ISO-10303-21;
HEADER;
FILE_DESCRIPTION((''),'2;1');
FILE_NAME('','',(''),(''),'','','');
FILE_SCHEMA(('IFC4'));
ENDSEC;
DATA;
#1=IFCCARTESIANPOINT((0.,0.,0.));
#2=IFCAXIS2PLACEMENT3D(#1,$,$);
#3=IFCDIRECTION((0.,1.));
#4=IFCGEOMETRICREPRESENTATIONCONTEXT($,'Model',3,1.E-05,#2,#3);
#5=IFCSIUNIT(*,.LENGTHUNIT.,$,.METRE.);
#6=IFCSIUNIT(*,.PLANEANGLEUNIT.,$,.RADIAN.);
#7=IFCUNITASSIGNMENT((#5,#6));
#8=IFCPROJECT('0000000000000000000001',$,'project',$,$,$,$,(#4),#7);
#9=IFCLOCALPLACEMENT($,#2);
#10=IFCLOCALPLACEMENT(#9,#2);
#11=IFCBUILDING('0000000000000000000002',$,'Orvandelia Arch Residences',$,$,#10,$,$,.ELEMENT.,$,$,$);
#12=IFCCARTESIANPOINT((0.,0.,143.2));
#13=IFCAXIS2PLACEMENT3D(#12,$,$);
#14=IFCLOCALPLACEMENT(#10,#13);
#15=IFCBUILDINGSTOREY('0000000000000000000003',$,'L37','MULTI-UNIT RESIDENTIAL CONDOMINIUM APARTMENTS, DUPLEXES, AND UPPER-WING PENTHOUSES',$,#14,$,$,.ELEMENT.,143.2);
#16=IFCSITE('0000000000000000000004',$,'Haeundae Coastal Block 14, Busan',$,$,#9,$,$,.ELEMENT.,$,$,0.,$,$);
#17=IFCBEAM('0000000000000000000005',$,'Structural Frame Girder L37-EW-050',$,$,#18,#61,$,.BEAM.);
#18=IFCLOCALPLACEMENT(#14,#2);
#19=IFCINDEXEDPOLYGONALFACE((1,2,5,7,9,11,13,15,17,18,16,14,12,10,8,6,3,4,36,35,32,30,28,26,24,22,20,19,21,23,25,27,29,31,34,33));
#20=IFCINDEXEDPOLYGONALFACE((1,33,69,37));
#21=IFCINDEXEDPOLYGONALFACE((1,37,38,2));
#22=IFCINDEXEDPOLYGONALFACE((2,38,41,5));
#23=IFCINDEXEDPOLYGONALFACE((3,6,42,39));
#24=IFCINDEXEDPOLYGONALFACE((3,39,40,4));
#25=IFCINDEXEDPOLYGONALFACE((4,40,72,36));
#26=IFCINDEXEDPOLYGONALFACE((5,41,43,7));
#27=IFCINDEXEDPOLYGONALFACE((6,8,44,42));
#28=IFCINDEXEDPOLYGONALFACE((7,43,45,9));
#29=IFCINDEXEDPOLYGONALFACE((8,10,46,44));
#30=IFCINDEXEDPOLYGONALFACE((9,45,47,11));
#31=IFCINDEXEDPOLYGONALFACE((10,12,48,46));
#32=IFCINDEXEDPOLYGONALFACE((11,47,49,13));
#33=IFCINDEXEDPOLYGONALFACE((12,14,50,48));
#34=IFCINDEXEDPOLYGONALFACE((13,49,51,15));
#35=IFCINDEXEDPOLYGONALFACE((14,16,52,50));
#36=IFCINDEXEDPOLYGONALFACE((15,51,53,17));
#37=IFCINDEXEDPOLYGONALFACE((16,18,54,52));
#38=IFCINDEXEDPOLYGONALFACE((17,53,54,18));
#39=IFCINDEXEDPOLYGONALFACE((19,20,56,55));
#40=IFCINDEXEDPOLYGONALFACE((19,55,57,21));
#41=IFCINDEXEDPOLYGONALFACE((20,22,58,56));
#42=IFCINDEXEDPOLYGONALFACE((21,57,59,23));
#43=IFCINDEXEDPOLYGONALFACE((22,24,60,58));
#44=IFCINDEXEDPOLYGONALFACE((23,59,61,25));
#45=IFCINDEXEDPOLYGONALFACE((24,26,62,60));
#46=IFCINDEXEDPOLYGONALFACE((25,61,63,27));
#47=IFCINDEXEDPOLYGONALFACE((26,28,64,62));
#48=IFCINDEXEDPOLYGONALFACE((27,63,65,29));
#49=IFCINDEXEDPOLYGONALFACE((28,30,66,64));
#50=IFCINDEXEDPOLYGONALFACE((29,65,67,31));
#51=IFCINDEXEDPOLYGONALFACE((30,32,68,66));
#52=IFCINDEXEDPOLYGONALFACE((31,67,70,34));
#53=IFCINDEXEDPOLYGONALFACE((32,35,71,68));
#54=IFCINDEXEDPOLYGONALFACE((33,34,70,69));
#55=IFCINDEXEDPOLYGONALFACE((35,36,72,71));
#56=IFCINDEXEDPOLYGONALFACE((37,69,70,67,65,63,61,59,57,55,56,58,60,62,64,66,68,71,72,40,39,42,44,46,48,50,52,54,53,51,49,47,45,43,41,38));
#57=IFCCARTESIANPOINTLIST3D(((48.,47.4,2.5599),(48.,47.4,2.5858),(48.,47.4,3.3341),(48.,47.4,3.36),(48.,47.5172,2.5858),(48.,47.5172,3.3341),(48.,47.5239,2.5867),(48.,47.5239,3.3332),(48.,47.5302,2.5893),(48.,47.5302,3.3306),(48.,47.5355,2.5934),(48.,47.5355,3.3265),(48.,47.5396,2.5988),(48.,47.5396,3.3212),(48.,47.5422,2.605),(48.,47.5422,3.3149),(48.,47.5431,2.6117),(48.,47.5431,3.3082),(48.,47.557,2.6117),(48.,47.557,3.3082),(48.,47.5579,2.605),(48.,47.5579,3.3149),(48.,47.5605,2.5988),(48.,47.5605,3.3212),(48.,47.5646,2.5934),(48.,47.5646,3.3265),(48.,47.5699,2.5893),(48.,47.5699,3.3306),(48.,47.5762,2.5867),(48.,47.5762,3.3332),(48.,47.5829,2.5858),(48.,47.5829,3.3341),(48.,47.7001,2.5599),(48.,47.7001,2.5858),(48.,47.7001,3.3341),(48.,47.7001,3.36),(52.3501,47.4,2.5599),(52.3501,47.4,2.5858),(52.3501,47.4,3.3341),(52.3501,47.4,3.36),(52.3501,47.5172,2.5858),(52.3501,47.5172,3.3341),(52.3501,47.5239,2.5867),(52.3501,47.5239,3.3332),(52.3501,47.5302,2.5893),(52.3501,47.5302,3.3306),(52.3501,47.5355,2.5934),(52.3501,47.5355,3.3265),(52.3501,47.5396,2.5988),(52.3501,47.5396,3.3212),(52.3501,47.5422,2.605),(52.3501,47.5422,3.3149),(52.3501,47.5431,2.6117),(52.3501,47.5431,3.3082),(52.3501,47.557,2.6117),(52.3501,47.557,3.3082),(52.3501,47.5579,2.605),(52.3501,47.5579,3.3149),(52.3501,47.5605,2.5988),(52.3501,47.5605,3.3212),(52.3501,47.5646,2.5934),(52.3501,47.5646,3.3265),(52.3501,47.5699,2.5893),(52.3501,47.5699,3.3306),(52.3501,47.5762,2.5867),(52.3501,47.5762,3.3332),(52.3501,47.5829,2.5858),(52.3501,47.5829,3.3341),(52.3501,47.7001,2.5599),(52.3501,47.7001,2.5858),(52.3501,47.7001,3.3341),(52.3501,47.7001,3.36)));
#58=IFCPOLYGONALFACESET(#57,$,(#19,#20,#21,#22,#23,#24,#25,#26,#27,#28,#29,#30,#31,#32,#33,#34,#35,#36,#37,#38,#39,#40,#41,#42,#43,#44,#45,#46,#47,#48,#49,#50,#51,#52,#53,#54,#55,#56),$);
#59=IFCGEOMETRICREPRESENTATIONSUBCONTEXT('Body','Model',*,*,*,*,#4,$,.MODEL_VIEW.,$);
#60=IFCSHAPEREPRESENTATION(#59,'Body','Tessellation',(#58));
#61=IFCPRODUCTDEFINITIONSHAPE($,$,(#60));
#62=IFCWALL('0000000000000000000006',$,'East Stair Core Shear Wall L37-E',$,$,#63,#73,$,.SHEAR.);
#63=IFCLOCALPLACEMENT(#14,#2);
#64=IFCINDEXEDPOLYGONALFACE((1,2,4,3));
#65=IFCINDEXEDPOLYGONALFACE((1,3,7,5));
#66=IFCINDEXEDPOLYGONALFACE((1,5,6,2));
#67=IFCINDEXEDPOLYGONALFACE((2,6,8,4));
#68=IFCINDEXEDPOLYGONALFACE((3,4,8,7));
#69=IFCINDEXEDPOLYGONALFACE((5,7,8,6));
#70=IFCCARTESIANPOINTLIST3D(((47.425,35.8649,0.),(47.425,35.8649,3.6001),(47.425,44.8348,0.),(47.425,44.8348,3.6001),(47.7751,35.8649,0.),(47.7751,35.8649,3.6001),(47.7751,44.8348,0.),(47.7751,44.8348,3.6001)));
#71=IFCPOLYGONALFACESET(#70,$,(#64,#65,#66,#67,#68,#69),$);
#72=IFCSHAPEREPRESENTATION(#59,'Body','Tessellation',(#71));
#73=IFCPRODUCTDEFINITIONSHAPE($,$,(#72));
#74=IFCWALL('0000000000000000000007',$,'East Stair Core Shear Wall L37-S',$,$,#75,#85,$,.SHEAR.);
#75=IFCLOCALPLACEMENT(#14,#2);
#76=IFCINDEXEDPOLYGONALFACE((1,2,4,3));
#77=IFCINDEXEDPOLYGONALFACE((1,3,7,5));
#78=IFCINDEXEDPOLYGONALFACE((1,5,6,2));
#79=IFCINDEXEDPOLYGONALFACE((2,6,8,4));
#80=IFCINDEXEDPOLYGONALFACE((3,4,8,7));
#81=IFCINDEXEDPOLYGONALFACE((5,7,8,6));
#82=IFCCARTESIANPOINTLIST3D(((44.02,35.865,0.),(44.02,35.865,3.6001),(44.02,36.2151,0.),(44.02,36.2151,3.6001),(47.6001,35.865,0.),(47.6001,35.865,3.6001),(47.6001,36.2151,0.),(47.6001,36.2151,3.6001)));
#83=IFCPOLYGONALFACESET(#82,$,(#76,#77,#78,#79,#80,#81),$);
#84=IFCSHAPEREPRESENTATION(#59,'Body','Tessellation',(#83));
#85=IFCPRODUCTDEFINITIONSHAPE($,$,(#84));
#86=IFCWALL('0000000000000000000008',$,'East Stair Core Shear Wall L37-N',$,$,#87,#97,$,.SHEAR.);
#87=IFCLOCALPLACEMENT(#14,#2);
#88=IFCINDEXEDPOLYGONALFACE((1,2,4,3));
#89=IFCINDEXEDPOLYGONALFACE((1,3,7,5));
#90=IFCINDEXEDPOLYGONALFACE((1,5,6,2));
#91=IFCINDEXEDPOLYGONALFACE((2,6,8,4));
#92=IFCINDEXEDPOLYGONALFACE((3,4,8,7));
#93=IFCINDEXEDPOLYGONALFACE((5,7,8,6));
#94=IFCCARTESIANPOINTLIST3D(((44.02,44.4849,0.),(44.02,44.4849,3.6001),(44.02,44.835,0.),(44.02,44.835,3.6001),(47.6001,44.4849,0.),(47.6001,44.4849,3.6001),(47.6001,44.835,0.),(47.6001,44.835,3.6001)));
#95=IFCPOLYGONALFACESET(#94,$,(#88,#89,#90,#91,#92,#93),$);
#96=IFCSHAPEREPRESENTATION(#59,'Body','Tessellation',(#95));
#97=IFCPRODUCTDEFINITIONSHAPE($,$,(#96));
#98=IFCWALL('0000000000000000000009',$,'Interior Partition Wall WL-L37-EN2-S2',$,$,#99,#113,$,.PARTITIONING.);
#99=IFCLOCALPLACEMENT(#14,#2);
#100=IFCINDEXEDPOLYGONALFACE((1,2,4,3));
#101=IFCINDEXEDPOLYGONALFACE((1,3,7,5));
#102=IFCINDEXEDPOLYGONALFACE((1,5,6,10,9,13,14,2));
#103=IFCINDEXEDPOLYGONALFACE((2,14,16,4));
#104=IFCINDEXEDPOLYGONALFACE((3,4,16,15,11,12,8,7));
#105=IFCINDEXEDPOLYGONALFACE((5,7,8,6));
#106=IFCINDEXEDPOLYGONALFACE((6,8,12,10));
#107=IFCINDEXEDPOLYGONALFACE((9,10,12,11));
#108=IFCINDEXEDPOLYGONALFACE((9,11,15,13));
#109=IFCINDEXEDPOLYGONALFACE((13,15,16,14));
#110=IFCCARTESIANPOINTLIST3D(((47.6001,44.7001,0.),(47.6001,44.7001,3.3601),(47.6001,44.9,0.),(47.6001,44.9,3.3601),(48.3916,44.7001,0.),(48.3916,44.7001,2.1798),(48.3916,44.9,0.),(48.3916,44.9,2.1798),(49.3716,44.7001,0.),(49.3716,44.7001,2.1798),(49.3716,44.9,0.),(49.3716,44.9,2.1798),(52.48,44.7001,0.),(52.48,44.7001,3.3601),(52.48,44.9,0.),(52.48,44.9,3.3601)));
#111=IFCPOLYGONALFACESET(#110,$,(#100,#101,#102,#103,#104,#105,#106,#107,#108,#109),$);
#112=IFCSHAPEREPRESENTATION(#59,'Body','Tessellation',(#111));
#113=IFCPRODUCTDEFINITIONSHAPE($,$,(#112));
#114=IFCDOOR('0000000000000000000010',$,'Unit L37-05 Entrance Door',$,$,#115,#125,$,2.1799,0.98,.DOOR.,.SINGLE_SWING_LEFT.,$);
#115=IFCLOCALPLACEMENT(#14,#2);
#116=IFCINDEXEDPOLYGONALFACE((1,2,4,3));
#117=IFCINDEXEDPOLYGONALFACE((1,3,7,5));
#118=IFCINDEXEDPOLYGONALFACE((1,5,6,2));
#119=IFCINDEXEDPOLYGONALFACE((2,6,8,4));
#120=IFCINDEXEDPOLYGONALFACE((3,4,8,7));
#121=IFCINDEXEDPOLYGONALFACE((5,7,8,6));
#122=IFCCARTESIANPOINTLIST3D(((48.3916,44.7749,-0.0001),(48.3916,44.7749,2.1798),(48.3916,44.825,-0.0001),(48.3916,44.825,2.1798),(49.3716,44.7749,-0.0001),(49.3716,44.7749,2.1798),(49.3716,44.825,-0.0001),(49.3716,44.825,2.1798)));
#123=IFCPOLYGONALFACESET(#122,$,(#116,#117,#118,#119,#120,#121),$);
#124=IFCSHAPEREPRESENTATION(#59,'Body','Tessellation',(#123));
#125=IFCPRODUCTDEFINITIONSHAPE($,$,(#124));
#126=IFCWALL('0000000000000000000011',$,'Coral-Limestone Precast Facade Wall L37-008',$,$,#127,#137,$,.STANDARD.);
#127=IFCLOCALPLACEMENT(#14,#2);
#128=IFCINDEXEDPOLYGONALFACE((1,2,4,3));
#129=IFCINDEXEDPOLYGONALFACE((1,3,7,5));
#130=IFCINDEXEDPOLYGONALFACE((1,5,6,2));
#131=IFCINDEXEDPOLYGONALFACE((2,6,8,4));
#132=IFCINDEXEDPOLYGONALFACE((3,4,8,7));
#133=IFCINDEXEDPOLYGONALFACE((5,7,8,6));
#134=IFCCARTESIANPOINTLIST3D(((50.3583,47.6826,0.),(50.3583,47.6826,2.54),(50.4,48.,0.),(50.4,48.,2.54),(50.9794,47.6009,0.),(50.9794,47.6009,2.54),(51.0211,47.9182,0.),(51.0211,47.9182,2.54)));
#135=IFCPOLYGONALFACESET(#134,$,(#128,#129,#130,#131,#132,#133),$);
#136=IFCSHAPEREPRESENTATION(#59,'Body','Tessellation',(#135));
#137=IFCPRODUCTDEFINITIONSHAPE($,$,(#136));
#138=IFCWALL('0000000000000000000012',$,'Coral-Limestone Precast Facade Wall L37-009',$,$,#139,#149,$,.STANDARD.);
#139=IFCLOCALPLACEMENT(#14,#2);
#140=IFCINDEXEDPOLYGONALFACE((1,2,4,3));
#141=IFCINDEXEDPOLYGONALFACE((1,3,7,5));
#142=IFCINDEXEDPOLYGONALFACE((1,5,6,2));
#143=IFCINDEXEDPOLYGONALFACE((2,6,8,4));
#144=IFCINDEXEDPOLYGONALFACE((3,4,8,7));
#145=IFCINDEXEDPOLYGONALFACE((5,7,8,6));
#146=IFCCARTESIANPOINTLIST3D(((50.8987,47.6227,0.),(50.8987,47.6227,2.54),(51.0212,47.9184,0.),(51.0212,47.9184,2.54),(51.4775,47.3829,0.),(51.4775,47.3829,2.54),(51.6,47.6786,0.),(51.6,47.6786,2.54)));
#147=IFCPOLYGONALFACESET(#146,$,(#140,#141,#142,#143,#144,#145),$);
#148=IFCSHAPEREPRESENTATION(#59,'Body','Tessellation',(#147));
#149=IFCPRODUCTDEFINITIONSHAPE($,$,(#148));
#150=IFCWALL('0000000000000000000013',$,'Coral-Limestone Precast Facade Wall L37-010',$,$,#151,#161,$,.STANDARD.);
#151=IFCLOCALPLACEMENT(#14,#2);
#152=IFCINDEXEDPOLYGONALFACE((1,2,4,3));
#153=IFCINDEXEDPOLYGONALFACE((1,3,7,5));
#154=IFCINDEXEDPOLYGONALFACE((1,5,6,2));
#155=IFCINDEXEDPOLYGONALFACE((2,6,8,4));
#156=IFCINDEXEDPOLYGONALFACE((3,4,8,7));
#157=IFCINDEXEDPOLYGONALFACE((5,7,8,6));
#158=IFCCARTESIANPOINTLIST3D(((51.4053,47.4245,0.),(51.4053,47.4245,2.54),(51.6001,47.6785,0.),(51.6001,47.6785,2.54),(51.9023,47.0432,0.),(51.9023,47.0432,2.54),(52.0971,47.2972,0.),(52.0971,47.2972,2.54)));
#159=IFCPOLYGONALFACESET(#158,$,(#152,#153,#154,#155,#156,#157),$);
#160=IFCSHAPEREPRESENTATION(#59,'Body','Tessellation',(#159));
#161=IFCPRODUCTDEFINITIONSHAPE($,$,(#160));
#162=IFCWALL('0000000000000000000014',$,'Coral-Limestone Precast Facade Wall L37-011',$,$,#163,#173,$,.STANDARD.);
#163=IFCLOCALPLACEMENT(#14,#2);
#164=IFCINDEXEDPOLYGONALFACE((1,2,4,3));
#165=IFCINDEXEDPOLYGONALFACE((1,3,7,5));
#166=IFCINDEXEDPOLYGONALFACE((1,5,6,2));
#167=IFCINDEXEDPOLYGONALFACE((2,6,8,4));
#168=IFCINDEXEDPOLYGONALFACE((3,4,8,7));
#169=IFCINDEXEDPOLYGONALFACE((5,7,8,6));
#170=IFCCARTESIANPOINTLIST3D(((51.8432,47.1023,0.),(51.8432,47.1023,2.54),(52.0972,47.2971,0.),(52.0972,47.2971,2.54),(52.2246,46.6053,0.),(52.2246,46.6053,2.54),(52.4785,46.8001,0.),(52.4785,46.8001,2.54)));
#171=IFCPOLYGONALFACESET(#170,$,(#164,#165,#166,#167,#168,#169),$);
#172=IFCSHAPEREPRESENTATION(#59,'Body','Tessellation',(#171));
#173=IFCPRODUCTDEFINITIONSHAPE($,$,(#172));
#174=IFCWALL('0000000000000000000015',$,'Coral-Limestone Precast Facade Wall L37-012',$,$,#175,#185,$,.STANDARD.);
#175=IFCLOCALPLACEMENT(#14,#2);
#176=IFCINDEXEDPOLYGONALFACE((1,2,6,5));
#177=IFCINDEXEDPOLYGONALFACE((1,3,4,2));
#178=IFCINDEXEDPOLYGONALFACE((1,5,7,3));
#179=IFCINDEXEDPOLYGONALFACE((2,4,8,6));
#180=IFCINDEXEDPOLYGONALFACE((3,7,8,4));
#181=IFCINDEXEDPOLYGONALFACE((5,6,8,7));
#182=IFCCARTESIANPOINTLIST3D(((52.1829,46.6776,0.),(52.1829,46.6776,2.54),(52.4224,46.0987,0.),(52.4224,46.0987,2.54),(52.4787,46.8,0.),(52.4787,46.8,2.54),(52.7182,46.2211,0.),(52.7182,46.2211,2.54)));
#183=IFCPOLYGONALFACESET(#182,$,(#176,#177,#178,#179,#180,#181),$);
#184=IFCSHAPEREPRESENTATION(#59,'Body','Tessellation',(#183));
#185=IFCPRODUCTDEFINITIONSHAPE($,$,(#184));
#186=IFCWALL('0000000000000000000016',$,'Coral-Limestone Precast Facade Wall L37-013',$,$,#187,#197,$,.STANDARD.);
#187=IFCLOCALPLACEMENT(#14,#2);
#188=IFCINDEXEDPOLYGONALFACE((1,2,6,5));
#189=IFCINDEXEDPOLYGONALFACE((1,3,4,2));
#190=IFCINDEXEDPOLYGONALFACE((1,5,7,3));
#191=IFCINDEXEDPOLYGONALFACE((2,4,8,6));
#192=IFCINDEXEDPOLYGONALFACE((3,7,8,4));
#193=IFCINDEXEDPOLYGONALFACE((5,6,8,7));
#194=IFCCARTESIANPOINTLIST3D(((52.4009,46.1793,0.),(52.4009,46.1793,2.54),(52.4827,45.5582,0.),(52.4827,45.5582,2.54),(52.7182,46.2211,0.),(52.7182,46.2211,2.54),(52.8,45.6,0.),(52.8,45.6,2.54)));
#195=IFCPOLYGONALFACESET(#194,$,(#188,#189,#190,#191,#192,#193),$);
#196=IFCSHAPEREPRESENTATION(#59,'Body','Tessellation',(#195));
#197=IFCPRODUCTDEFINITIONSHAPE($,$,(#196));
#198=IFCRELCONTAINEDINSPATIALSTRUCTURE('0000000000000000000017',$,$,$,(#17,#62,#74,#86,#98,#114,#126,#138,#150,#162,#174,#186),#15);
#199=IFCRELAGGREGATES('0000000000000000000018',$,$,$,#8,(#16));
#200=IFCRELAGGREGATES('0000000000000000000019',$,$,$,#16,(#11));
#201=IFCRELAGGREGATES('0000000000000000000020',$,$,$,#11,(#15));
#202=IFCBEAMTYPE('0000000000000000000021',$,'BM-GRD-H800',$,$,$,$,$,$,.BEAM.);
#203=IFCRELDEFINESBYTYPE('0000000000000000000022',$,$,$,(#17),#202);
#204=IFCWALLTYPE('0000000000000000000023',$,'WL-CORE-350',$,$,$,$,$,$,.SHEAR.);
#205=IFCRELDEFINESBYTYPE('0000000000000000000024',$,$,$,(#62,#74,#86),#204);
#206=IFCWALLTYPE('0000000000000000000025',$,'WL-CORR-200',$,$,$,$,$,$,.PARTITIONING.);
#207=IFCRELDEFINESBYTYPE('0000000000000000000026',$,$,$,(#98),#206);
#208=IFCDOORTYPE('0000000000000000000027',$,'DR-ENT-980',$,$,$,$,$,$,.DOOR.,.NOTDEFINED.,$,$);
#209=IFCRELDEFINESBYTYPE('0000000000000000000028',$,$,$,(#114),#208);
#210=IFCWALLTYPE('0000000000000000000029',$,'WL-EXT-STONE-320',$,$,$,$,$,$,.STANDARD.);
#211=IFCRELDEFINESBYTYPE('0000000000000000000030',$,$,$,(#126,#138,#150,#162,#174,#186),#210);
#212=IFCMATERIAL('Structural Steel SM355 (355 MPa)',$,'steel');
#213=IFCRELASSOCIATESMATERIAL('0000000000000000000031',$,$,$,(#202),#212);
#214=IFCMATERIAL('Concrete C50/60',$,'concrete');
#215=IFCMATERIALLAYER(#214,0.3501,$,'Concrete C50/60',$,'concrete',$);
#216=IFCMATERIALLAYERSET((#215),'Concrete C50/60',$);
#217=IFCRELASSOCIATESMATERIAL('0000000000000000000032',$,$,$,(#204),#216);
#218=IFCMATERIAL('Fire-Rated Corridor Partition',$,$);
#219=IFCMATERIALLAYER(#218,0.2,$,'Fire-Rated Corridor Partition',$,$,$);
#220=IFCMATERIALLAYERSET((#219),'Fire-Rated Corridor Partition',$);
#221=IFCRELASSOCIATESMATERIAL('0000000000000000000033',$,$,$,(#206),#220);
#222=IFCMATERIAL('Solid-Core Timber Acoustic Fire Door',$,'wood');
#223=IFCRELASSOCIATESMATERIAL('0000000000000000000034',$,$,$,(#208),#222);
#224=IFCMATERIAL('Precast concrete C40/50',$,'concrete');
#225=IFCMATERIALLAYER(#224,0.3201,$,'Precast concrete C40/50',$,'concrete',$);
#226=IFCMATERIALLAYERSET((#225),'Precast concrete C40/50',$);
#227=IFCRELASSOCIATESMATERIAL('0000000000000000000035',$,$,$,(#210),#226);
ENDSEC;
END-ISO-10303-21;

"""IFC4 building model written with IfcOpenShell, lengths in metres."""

from ifc_helpers import new_model, si_unit, direction, frame, frame_2d, origin, origin_2d, place, context, subcontext, project, spatial, rectangle, i_section, extrude, material, layer, layer_set, material_profile, profile_set, type_object, element, fill, save


model = new_model("IFC4")

# Units and contexts
model_context = context("Model", 3, precision=1e-05, world=origin(), true_north=direction((0.0, 1.0)))
body_context = subcontext(model_context, "Body", "Model", "MODEL_VIEW")
ifc_project = project(units=[si_unit("LENGTHUNIT", "METRE"), si_unit("PLANEANGLEUNIT", "RADIAN")], contexts=[model_context])

# Site, building, storey
site_placement = place(None, origin())
site = spatial("IfcSite", under=ifc_project, at=site_placement, Name="Haeundae Coastal Block 14, Busan", CompositionType="ELEMENT", RefElevation=0.0)
building_placement = place(site_placement, origin())
building = spatial("IfcBuilding", under=site, at=building_placement, Name="Orvandelia Arch Residences", CompositionType="ELEMENT")
storey_placement = place(building_placement, frame((0.0, 0.0, 143.2)))
storey = spatial("IfcBuildingStorey", under=building, at=storey_placement, Name="L37", Description="MULTI-UNIT RESIDENTIAL CONDOMINIUM APARTMENTS, DUPLEXES, AND UPPER-WING PENTHOUSES", CompositionType="ELEMENT", Elevation=143.2)

# Beam
ifc_material_1 = material(Name="Structural Steel SM355 (355 MPa)", Category="steel")
ifc_material_profile_1 = material_profile(ifc_material_1, i_section(OverallWidth=0.3, OverallDepth=0.8, WebThickness=0.0139, FlangeThickness=0.0259, FilletRadius=0.0259, at=origin_2d()), Name="Structural Steel SM355 (355 MPa)", Category="steel")
ifc_profile_set_1 = profile_set([ifc_material_profile_1], Name="Structural Steel SM355 (355 MPa)")
beam_type = type_object("IfcBeamType", Name="BM-GRD-H800", PredefinedType="BEAM", material=ifc_profile_set_1)
for number, where, z_axis, x_axis, name in (
    (1, (48.0, 47.55, 2.96), (1.0, 0.0, 0.0), (0.0, 1.0, 0.0), "Structural Frame Girder L37-EW-050"),
):
    element("IfcBeam", number, at=place(storey_placement, frame(where, z_axis=z_axis, x_axis=x_axis)), inside=storey, type_object=beam_type, Name=name, PredefinedType="BEAM", context=body_context, shape_type="SweptSolid", body=[
        extrude(i_section(OverallWidth=0.3, OverallDepth=0.8, WebThickness=0.0139, FlangeThickness=0.0259, FilletRadius=0.0259, at=origin_2d()), origin(), (0.0, 0.0, 1.0), 4.3501),
    ])

# Walls
ifc_material_2 = material(Name="Concrete C50/60", Category="concrete")
ifc_layer_1 = layer(ifc_material_2, 0.3501, Name="Concrete C50/60", Category="concrete")
ifc_layer_set_1 = layer_set([ifc_layer_1], Name="Concrete C50/60")
wall_type_1 = type_object("IfcWallType", Name="WL-CORE-350", PredefinedType="SHEAR", material=ifc_layer_set_1)
wall_1_placement = place(storey_placement, frame((47.6001, 35.865, 0.0), z_axis=(0.0, 0.0, 1.0), x_axis=(0.0, 1.0, 0.0)))
element("IfcWall", 2, at=wall_1_placement, inside=storey, type_object=wall_type_1, Name="East Stair Core Shear Wall L37-E", PredefinedType="SHEAR", context=body_context, shape_type="SweptSolid", body=[
    extrude(rectangle(XDim=8.97, YDim=0.3501, at=frame_2d((4.4849, 0.0))), origin(), (0.0, 0.0, 1.0), 3.6001),
])
for number, where, z_axis, x_axis, name in (
    (3, (44.02, 36.04, 0.0), (0.0, 0.0, 1.0), (1.0, 0.0, 0.0), "East Stair Core Shear Wall L37-S"),
    (4, (44.02, 44.6599, 0.0), (0.0, 0.0, 1.0), (1.0, 0.0, 0.0), "East Stair Core Shear Wall L37-N"),
):
    element("IfcWall", number, at=place(storey_placement, frame(where, z_axis=z_axis, x_axis=x_axis)), inside=storey, type_object=wall_type_1, Name=name, PredefinedType="SHEAR", context=body_context, shape_type="SweptSolid", body=[
        extrude(rectangle(XDim=3.5801, YDim=0.3501, at=frame_2d((1.79, 0.0))), origin(), (0.0, 0.0, 1.0), 3.6001),
    ])

# Wall, opening, door
ifc_material_3 = material(Name="Fire-Rated Corridor Partition")
ifc_layer_2 = layer(ifc_material_3, 0.2, Name="Fire-Rated Corridor Partition")
ifc_layer_set_2 = layer_set([ifc_layer_2], Name="Fire-Rated Corridor Partition")
wall_type_2 = type_object("IfcWallType", Name="WL-CORR-200", PredefinedType="PARTITIONING", material=ifc_layer_set_2)
wall_2_placement = place(storey_placement, frame((47.6001, 44.8, 0.0), z_axis=(0.0, 0.0, 1.0), x_axis=(1.0, 0.0, 0.0)))
wall_2 = element("IfcWall", 5, at=wall_2_placement, inside=storey, type_object=wall_type_2, Name="Interior Partition Wall WL-L37-EN2-S2", PredefinedType="PARTITIONING", context=body_context, shape_type="SweptSolid", body=[
    extrude(rectangle(XDim=4.8799, YDim=0.2, at=frame_2d((2.4399, 0.0))), origin(), (0.0, 0.0, 1.0), 3.3601),
])
opening_1_placement = place(wall_2_placement, frame((0.7915, 0.0, 0.0)))
opening_1 = element("IfcOpeningElement", 6, at=opening_1_placement, cuts=wall_2, PredefinedType="OPENING", context=body_context, shape_type="SweptSolid", body=[
    extrude(rectangle(XDim=0.98, YDim=2.1799, at=frame_2d((0.49, 1.0898))), frame((0.0, 0.1099, 0.0), z_axis=(0.0, -1.0, 0.0), x_axis=(1.0, 0.0, 0.0)), (0.0, 0.0, 1.0), 0.22),
])
ifc_material_4 = material(Name="Solid-Core Timber Acoustic Fire Door", Category="wood")
door_type_1 = type_object("IfcDoorType", Name="DR-ENT-980", OperationType="NOTDEFINED", PredefinedType="DOOR", material=ifc_material_4)
door_1_placement = place(opening_1_placement, origin())
door_1 = element("IfcDoor", 7, at=door_1_placement, inside=storey, type_object=door_type_1, Name="Unit L37-05 Entrance Door", OperationType="SINGLE_SWING_LEFT", OverallHeight=2.1799, OverallWidth=0.98, PredefinedType="DOOR", context=body_context, shape_type="SweptSolid", body=[
    extrude(rectangle(XDim=0.98, YDim=2.1799, at=frame_2d((0.49, 1.0898))), frame((0.0, 0.0249, 0.0), z_axis=(0.0, -1.0, 0.0), x_axis=(1.0, 0.0, 0.0)), (0.0, 0.0, 1.0), 0.05),
])
fill(opening_1, door_1)

# Walls
ifc_material_5 = material(Name="Precast concrete C40/50", Category="concrete")
ifc_layer_3 = layer(ifc_material_5, 0.3201, Name="Precast concrete C40/50", Category="concrete")
ifc_layer_set_3 = layer_set([ifc_layer_3], Name="Precast concrete C40/50")
wall_type_3 = type_object("IfcWallType", Name="WL-EXT-STONE-320", PredefinedType="STANDARD", material=ifc_layer_set_3)
for number, where, z_axis, x_axis, name in (
    (8, (50.3792, 47.8413, 0.0), (0.0, 0.0, 1.0), (0.991441, -0.130555, 0.0), "Coral-Limestone Precast Facade Wall L37-008"),
    (9, (50.96, 47.7705, 0.0), (0.0, 0.0, 1.0), (0.923893, -0.38265, 0.0), "Coral-Limestone Precast Facade Wall L37-009"),
    (10, (51.5027, 47.5515, 0.0), (0.0, 0.0, 1.0), (0.793406, -0.608693, 0.0), "Coral-Limestone Precast Facade Wall L37-010"),
    (11, (51.9702, 47.1997, 0.0), (0.0, 0.0, 1.0), (0.608693, -0.793406, 0.0), "Coral-Limestone Precast Facade Wall L37-011"),
    (12, (52.3308, 46.7388, 0.0), (0.0, 0.0, 1.0), (0.382317, -0.924031, 0.0), "Coral-Limestone Precast Facade Wall L37-012"),
    (13, (52.5596, 46.2002, 0.0), (0.0, 0.0, 1.0), (0.130555, -0.991441, 0.0), "Coral-Limestone Precast Facade Wall L37-013"),
):
    element("IfcWall", number, at=place(storey_placement, frame(where, z_axis=z_axis, x_axis=x_axis)), inside=storey, type_object=wall_type_3, Name=name, PredefinedType="STANDARD", context=body_context, shape_type="SweptSolid", body=[
        extrude(rectangle(XDim=0.6265, YDim=0.3201, at=frame_2d((0.3132, 0.0))), origin(), (0.0, 0.0, 1.0), 2.54),
    ])

save(model, "model.ifc")
